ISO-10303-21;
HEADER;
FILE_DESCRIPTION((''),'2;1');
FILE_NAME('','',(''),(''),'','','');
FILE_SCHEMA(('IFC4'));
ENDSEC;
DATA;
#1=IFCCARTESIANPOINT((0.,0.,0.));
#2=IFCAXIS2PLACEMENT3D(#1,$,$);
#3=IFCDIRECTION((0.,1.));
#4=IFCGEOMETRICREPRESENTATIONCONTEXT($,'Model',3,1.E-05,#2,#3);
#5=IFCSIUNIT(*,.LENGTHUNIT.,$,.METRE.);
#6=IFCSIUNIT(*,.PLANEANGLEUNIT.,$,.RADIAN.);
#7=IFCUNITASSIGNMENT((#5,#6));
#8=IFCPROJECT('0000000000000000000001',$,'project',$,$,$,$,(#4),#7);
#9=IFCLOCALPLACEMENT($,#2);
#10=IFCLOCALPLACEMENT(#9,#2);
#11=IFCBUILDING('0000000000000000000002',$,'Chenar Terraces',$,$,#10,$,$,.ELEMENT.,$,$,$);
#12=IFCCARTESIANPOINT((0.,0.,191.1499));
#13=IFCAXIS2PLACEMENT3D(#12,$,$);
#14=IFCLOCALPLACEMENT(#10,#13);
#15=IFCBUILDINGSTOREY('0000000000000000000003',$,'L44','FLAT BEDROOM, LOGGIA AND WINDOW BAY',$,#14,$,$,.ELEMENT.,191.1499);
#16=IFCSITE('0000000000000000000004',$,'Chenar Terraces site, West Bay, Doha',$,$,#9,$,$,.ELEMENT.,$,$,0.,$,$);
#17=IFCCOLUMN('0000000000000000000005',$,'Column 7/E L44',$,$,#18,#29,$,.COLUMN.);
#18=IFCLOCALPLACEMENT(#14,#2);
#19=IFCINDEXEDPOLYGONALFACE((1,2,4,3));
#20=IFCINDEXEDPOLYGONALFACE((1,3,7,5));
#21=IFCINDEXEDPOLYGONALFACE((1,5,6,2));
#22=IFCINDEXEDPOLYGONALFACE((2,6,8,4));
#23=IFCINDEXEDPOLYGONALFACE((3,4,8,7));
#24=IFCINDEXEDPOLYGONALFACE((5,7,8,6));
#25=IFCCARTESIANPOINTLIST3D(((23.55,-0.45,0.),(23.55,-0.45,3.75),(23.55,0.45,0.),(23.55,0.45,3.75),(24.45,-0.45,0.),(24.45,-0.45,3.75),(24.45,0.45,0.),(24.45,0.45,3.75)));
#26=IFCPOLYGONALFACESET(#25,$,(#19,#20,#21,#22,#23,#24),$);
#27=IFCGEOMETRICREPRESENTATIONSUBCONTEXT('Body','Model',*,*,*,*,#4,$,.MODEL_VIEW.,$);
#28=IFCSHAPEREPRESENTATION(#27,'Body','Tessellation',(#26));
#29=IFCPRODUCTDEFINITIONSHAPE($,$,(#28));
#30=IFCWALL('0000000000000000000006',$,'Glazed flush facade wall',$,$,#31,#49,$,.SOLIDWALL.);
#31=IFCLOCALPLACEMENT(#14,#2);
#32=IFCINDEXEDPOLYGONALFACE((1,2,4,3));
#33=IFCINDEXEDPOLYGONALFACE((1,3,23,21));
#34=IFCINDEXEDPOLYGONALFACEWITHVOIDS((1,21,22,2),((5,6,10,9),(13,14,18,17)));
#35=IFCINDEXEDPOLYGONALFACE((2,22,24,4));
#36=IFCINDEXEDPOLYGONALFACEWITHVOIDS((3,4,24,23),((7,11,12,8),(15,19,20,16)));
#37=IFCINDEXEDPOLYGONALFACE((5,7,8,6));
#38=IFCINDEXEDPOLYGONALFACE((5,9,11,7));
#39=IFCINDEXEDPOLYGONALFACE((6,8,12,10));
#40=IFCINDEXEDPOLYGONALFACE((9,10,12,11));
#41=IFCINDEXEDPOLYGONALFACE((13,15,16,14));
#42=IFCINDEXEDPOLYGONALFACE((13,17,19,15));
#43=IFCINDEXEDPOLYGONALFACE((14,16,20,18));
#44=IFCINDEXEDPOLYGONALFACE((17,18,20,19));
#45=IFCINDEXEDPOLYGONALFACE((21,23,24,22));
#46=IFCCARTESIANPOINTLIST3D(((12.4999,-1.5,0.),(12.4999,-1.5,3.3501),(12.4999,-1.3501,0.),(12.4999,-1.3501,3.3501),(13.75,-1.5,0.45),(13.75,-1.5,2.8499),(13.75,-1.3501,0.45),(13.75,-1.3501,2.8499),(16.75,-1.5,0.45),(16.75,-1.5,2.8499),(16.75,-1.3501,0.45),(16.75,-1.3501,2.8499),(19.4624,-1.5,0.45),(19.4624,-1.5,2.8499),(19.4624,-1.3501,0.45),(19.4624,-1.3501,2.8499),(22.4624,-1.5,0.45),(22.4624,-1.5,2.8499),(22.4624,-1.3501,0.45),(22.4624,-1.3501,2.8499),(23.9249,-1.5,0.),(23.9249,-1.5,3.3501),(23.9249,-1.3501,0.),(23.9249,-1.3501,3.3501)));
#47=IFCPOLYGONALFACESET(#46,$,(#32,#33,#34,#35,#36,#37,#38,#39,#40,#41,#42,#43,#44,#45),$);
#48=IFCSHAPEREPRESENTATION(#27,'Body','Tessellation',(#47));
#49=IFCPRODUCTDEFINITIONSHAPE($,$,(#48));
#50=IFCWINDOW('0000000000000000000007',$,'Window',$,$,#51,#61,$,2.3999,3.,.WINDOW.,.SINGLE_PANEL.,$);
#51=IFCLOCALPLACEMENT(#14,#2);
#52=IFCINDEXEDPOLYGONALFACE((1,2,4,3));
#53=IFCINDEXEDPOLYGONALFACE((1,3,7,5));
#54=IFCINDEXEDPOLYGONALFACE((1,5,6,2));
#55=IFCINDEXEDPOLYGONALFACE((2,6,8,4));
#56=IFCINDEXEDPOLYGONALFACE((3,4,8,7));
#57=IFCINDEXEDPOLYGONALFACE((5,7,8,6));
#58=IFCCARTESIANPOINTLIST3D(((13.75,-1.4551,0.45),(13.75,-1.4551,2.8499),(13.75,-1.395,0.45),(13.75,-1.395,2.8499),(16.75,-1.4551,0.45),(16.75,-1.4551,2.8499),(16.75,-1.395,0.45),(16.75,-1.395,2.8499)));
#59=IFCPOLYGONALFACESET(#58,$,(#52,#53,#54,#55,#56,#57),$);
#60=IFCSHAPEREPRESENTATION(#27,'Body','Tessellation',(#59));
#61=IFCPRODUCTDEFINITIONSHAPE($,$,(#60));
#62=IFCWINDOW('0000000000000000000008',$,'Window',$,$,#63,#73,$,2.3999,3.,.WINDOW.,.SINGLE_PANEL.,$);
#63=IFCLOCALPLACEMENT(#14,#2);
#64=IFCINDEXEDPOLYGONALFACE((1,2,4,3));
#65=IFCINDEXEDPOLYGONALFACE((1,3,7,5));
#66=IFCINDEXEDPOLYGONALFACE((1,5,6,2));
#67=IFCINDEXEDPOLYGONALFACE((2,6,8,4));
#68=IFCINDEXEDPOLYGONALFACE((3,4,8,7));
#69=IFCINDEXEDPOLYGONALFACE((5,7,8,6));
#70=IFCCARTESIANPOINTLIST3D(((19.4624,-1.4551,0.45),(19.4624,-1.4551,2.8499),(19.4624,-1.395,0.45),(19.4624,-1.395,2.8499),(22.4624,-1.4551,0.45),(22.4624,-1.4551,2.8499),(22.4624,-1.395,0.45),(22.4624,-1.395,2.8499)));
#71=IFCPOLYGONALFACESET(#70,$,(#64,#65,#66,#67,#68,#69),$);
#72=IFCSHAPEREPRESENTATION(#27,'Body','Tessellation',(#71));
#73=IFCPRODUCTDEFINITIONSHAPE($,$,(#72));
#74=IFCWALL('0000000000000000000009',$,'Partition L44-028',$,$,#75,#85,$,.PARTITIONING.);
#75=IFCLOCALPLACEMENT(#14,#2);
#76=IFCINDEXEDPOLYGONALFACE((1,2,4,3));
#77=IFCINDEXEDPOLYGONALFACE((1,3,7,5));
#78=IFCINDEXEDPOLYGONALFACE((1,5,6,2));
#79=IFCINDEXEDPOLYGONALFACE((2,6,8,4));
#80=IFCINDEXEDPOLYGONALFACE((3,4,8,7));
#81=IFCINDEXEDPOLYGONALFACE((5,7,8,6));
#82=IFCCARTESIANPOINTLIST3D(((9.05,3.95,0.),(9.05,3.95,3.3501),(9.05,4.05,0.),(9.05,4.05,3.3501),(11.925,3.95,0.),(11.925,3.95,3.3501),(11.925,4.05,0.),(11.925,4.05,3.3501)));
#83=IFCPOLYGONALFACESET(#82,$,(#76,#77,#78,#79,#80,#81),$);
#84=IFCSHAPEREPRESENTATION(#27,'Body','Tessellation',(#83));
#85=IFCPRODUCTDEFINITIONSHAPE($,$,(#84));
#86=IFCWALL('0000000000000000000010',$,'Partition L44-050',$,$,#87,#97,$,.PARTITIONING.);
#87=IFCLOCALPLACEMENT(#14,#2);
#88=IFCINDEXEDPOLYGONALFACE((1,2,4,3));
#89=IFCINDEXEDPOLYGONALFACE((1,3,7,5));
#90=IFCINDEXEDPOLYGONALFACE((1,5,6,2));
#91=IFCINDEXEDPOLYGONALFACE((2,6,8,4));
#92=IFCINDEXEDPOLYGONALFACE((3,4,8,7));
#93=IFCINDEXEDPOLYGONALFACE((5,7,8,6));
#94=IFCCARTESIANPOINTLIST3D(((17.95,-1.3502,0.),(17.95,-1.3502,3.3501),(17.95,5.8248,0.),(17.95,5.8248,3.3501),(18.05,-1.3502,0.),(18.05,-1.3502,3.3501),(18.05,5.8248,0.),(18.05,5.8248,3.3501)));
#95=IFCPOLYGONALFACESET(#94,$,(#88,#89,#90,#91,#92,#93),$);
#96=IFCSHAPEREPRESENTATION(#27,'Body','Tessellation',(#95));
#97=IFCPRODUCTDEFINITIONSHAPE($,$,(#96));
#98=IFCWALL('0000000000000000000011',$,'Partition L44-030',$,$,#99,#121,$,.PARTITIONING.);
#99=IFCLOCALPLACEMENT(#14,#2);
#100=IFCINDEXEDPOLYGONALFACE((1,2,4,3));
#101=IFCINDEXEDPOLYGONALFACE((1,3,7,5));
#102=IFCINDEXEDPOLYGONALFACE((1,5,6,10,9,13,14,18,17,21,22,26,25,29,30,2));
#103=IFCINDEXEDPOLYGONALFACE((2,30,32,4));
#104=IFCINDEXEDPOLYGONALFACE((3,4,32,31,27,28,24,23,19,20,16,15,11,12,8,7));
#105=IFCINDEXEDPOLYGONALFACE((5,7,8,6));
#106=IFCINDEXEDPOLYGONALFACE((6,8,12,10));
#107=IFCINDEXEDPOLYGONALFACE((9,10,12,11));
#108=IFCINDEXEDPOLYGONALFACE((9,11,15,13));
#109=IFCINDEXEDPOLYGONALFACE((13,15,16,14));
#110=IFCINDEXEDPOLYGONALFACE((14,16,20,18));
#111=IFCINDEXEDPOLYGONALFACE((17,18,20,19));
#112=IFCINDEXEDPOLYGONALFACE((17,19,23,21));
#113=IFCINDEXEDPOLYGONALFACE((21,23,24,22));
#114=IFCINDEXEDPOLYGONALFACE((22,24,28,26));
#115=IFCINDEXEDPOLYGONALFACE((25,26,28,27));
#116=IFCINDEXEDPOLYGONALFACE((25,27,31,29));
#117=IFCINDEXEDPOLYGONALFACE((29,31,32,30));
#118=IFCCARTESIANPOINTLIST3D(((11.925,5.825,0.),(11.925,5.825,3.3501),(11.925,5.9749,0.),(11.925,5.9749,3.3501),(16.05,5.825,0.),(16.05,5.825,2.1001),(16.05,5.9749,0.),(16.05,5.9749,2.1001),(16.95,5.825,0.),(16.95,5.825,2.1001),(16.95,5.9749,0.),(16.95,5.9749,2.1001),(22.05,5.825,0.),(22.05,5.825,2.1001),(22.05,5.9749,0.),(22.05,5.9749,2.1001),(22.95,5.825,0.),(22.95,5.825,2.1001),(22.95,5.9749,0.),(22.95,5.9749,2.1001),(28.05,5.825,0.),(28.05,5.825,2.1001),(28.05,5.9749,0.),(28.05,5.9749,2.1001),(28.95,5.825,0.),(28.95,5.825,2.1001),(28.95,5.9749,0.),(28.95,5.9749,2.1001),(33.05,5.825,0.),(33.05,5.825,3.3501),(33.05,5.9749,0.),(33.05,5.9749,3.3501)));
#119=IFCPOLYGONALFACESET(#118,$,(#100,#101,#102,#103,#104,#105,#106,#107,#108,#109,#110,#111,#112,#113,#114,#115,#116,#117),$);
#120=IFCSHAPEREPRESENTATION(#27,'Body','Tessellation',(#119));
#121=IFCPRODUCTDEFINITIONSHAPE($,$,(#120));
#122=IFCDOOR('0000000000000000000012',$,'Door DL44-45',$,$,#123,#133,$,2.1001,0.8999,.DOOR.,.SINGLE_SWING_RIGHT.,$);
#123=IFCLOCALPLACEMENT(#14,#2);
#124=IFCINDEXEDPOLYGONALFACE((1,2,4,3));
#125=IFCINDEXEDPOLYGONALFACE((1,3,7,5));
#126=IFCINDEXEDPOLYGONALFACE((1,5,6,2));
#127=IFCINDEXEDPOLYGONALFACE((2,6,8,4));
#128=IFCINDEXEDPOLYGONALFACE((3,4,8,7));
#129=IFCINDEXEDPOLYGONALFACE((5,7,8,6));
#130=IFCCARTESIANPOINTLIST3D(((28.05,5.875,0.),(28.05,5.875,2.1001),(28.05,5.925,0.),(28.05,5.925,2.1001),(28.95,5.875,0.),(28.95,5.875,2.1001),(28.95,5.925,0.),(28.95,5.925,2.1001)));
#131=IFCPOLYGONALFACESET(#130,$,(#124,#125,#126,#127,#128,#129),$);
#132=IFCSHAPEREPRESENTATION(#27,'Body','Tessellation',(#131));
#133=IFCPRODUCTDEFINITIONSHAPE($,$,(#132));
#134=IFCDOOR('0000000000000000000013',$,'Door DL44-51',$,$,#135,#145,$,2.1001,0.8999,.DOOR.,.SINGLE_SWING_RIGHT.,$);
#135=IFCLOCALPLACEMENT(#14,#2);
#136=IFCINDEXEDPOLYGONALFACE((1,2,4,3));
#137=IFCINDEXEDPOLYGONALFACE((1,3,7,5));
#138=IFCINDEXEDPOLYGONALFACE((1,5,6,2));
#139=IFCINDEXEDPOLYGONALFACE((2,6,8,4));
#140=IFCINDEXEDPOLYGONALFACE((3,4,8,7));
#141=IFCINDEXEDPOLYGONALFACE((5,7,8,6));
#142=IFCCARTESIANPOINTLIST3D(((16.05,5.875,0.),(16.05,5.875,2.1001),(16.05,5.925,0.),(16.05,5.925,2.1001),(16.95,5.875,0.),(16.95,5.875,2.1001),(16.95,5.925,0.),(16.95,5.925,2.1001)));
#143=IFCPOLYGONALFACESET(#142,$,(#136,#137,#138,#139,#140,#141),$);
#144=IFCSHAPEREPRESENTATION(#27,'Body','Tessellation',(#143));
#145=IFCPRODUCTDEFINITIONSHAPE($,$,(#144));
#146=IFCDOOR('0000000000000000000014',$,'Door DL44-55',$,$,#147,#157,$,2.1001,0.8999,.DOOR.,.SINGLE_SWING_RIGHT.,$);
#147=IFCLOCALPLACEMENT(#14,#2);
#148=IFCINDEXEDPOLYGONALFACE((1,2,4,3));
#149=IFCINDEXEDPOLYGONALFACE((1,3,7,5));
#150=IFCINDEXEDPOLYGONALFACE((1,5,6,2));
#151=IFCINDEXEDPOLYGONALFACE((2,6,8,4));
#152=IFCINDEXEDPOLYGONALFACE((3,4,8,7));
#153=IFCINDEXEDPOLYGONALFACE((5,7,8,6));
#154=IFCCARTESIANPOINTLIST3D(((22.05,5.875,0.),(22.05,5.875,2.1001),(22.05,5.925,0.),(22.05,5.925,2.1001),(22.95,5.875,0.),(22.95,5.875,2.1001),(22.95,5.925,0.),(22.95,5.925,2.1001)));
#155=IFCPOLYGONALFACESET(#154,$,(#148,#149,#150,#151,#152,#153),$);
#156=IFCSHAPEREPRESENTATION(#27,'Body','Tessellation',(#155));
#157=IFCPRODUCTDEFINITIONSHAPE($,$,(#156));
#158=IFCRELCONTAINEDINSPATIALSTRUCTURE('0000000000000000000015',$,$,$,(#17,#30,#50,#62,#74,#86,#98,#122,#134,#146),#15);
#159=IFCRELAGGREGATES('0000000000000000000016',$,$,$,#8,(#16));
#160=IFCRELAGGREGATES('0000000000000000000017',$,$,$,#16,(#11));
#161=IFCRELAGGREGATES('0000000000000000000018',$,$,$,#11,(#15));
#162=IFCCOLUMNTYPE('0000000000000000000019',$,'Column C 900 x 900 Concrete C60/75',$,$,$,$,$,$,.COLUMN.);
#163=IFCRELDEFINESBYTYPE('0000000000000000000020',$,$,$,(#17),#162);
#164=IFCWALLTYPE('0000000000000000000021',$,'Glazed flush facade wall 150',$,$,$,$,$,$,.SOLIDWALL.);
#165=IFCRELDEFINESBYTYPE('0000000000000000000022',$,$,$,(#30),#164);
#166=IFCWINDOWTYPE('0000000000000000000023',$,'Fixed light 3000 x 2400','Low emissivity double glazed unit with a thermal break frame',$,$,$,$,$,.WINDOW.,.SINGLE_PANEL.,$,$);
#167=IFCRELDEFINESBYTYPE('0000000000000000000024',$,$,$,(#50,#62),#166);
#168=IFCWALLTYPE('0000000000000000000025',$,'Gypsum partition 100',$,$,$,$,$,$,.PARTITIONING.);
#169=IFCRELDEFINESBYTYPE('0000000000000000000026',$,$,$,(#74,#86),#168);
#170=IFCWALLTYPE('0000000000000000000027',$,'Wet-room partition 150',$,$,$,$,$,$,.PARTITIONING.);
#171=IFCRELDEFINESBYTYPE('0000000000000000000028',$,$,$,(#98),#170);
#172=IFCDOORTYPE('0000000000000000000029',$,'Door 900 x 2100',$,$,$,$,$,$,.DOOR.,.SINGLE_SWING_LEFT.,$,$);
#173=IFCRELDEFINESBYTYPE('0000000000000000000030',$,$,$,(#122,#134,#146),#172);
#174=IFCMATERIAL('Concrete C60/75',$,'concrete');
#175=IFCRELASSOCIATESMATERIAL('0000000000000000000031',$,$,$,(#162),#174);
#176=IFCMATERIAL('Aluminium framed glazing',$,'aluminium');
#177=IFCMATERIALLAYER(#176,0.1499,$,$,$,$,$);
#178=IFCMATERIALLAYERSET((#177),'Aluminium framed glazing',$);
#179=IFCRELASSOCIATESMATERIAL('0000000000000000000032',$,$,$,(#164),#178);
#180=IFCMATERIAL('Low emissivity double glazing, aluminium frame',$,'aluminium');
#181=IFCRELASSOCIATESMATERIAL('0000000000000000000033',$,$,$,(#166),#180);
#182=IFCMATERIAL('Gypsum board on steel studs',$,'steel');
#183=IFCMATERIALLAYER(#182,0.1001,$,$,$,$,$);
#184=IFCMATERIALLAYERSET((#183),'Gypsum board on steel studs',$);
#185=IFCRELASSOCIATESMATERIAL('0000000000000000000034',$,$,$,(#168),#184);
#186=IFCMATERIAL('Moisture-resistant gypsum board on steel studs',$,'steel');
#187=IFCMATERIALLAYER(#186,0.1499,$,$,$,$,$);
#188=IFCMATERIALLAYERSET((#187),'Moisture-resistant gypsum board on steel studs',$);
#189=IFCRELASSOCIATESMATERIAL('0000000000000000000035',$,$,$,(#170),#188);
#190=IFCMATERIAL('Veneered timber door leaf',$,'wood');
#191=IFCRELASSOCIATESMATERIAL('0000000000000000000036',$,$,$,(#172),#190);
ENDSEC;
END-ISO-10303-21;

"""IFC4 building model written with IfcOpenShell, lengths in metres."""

from ifc_helpers import new_model, si_unit, direction, frame, frame_2d, origin, origin_2d, place, context, subcontext, project, spatial, rectangle, extrude, material, layer, layer_set, material_profile, profile_set, type_object, element, fill, save


model = new_model("IFC4")

# Units and contexts
model_context = context("Model", 3, precision=1e-05, world=origin(), true_north=direction((0.0, 1.0)))
body_context = subcontext(model_context, "Body", "Model", "MODEL_VIEW")
ifc_project = project(units=[si_unit("LENGTHUNIT", "METRE"), si_unit("PLANEANGLEUNIT", "RADIAN")], contexts=[model_context])

# Site, building, storey
site_placement = place(None, origin())
site = spatial("IfcSite", under=ifc_project, at=site_placement, Name="Chenar Terraces site, West Bay, Doha", CompositionType="ELEMENT", RefElevation=0.0)
building_placement = place(site_placement, origin())
building = spatial("IfcBuilding", under=site, at=building_placement, Name="Chenar Terraces", CompositionType="ELEMENT")
storey_placement = place(building_placement, frame((0.0, 0.0, 191.1499)))
storey = spatial("IfcBuildingStorey", under=building, at=storey_placement, Name="L44", Description="FLAT BEDROOM, LOGGIA AND WINDOW BAY", CompositionType="ELEMENT", Elevation=191.1499)

# Column
ifc_material_1 = material(Name="Concrete C60/75", Category="concrete")
ifc_material_profile = material_profile(ifc_material_1, rectangle(XDim=0.8999, YDim=0.8999, at=origin_2d()), Name="C 900 x 900")
ifc_profile_set = profile_set([ifc_material_profile], Name="Concrete C60/75")
column_type = type_object("IfcColumnType", Name="Column C 900 x 900 Concrete C60/75", PredefinedType="COLUMN", material=ifc_profile_set)
column_placement = place(storey_placement, frame((24.0, 0.0, 0.0), z_axis=(0.0, 0.0, 1.0), x_axis=(1.0, 0.0, 0.0)))
element("IfcColumn", 1, at=column_placement, inside=storey, type_object=column_type, Name="Column 7/E L44", PredefinedType="COLUMN", context=body_context, shape_type="SweptSolid", body=[
    extrude(rectangle(XDim=0.8999, YDim=0.8999, at=origin_2d()), origin(), (0.0, 0.0, 1.0), 3.75),
])

# Wall, openings, windows
ifc_material_2 = material(Name="Aluminium framed glazing", Category="aluminium")
ifc_layer_1 = layer(ifc_material_2, 0.1499)
ifc_layer_set_1 = layer_set([ifc_layer_1], Name="Aluminium framed glazing")
wall_type_1 = type_object("IfcWallType", Name="Glazed flush facade wall 150", PredefinedType="SOLIDWALL", material=ifc_layer_set_1)
wall_1_placement = place(storey_placement, frame((12.5, -1.425, 0.0), z_axis=(0.0, 0.0, 1.0), x_axis=(1.0, 0.0, 0.0)))
wall_1 = element("IfcWall", 2, at=wall_1_placement, inside=storey, type_object=wall_type_1, Name="Glazed flush facade wall", PredefinedType="SOLIDWALL", context=body_context, shape_type="SweptSolid", body=[
    extrude(rectangle(XDim=11.425, YDim=0.1499, at=frame_2d((5.7124, 0.0))), origin(), (0.0, 0.0, 1.0), 3.3501),
])
opening_1_placement = place(wall_1_placement, frame((1.25, 0.0, 0.45)))
opening_1 = element("IfcOpeningElement", 3, at=opening_1_placement, cuts=wall_1, PredefinedType="OPENING", context=body_context, shape_type="SweptSolid", body=[
    extrude(rectangle(XDim=3.0, YDim=2.3999, at=frame_2d((1.5, 1.2))), frame((0.0, 0.085, 0.0), z_axis=(0.0, -1.0, 0.0), x_axis=(1.0, 0.0, 0.0)), (0.0, 0.0, 1.0), 0.1699),
])
opening_2_placement = place(wall_1_placement, frame((6.9624, 0.0, 0.45)))
opening_2 = element("IfcOpeningElement", 4, at=opening_2_placement, cuts=wall_1, PredefinedType="OPENING", context=body_context, shape_type="SweptSolid", body=[
    extrude(rectangle(XDim=3.0, YDim=2.3999, at=frame_2d((1.5, 1.2))), frame((0.0, 0.085, 0.0), z_axis=(0.0, -1.0, 0.0), x_axis=(1.0, 0.0, 0.0)), (0.0, 0.0, 1.0), 0.1699),
])
ifc_material_3 = material(Name="Low emissivity double glazing, aluminium frame", Category="aluminium")
window_type = type_object("IfcWindowType", Name="Fixed light 3000 x 2400", Description="Low emissivity double glazed unit with a thermal break frame", PartitioningType="SINGLE_PANEL", PredefinedType="WINDOW", material=ifc_material_3)
window_1_placement = place(opening_1_placement, origin())
window_1 = element("IfcWindow", 5, at=window_1_placement, inside=storey, type_object=window_type, Name="Window", OverallHeight=2.3999, OverallWidth=3.0, PartitioningType="SINGLE_PANEL", PredefinedType="WINDOW", context=body_context, shape_type="SweptSolid", body=[
    extrude(rectangle(XDim=3.0, YDim=2.3999, at=frame_2d((1.5, 1.2))), frame((0.0, 0.03, 0.0), z_axis=(0.0, -1.0, 0.0), x_axis=(1.0, 0.0, 0.0)), (0.0, 0.0, 1.0), 0.0601),
])
fill(opening_1, window_1)
window_2_placement = place(opening_2_placement, origin())
window_2 = element("IfcWindow", 6, at=window_2_placement, inside=storey, type_object=window_type, Name="Window", OverallHeight=2.3999, OverallWidth=3.0, PartitioningType="SINGLE_PANEL", PredefinedType="WINDOW", context=body_context, shape_type="SweptSolid", body=[
    extrude(rectangle(XDim=3.0, YDim=2.3999, at=frame_2d((1.5, 1.2))), frame((0.0, 0.03, 0.0), z_axis=(0.0, -1.0, 0.0), x_axis=(1.0, 0.0, 0.0)), (0.0, 0.0, 1.0), 0.0601),
])
fill(opening_2, window_2)

# Walls
ifc_material_4 = material(Name="Gypsum board on steel studs", Category="steel")
ifc_layer_2 = layer(ifc_material_4, 0.1001)
ifc_layer_set_2 = layer_set([ifc_layer_2], Name="Gypsum board on steel studs")
wall_type_2 = type_object("IfcWallType", Name="Gypsum partition 100", PredefinedType="PARTITIONING", material=ifc_layer_set_2)
wall_2_placement = place(storey_placement, frame((9.05, 4.0, 0.0), z_axis=(0.0, 0.0, 1.0), x_axis=(1.0, 0.0, 0.0)))
element("IfcWall", 7, at=wall_2_placement, inside=storey, type_object=wall_type_2, Name="Partition L44-028", PredefinedType="PARTITIONING", context=body_context, shape_type="SweptSolid", body=[
    extrude(rectangle(XDim=2.875, YDim=0.1001, at=frame_2d((1.4375, 0.0))), origin(), (0.0, 0.0, 1.0), 3.3501),
])
wall_3_placement = place(storey_placement, frame((18.0, -1.3501, 0.0), z_axis=(0.0, 0.0, 1.0), x_axis=(0.0, 1.0, 0.0)))
element("IfcWall", 8, at=wall_3_placement, inside=storey, type_object=wall_type_2, Name="Partition L44-050", PredefinedType="PARTITIONING", context=body_context, shape_type="SweptSolid", body=[
    extrude(rectangle(XDim=7.175, YDim=0.1001, at=frame_2d((3.5874, 0.0))), origin(), (0.0, 0.0, 1.0), 3.3501),
])

# Wall, openings, doors
ifc_material_5 = material(Name="Moisture-resistant gypsum board on steel studs", Category="steel")
ifc_layer_3 = layer(ifc_material_5, 0.1499)
ifc_layer_set_3 = layer_set([ifc_layer_3], Name="Moisture-resistant gypsum board on steel studs")
wall_type_3 = type_object("IfcWallType", Name="Wet-room partition 150", PredefinedType="PARTITIONING", material=ifc_layer_set_3)
wall_4_placement = place(storey_placement, frame((11.925, 5.8999, 0.0), z_axis=(0.0, 0.0, 1.0), x_axis=(1.0, 0.0, 0.0)))
wall_4 = element("IfcWall", 9, at=wall_4_placement, inside=storey, type_object=wall_type_3, Name="Partition L44-030", PredefinedType="PARTITIONING", context=body_context, shape_type="SweptSolid", body=[
    extrude(rectangle(XDim=21.125, YDim=0.1499, at=frame_2d((10.5625, 0.0))), origin(), (0.0, 0.0, 1.0), 3.3501),
])
opening_3_placement = place(wall_4_placement, frame((16.125, 0.0, 0.0)))
opening_3 = element("IfcOpeningElement", 10, at=opening_3_placement, cuts=wall_4, PredefinedType="OPENING", context=body_context, shape_type="SweptSolid", body=[
    extrude(rectangle(XDim=0.8999, YDim=2.1001, at=frame_2d((0.45, 1.05))), frame((0.0, 0.085, 0.0), z_axis=(0.0, -1.0, 0.0), x_axis=(1.0, 0.0, 0.0)), (0.0, 0.0, 1.0), 0.1699),
])
opening_4_placement = place(wall_4_placement, frame((4.125, 0.0, 0.0)))
opening_4 = element("IfcOpeningElement", 11, at=opening_4_placement, cuts=wall_4, PredefinedType="OPENING", context=body_context, shape_type="SweptSolid", body=[
    extrude(rectangle(XDim=0.8999, YDim=2.1001, at=frame_2d((0.45, 1.05))), frame((0.0, 0.085, 0.0), z_axis=(0.0, -1.0, 0.0), x_axis=(1.0, 0.0, 0.0)), (0.0, 0.0, 1.0), 0.1699),
])
opening_5_placement = place(wall_4_placement, frame((10.125, 0.0, 0.0)))
opening_5 = element("IfcOpeningElement", 12, at=opening_5_placement, cuts=wall_4, PredefinedType="OPENING", context=body_context, shape_type="SweptSolid", body=[
    extrude(rectangle(XDim=0.8999, YDim=2.1001, at=frame_2d((0.45, 1.05))), frame((0.0, 0.085, 0.0), z_axis=(0.0, -1.0, 0.0), x_axis=(1.0, 0.0, 0.0)), (0.0, 0.0, 1.0), 0.1699),
])
ifc_material_6 = material(Name="Veneered timber door leaf", Category="wood")
door_type_1 = type_object("IfcDoorType", Name="Door 900 x 2100", OperationType="SINGLE_SWING_LEFT", PredefinedType="DOOR", material=ifc_material_6)
door_1_placement = place(opening_3_placement, frame((0.8999, 0.0, 0.0), z_axis=(0.0, 0.0, 1.0), x_axis=(-1.0, 0.0, 0.0)))
door_1 = element("IfcDoor", 13, at=door_1_placement, inside=storey, type_object=door_type_1, Name="Door DL44-45", OperationType="SINGLE_SWING_RIGHT", OverallHeight=2.1001, OverallWidth=0.8999, PredefinedType="DOOR", context=body_context, shape_type="SweptSolid", body=[
    extrude(rectangle(XDim=0.8999, YDim=2.1001, at=frame_2d((0.45, 1.05))), frame((0.0, 0.0249, 0.0), z_axis=(0.0, -1.0, 0.0), x_axis=(1.0, 0.0, 0.0)), (0.0, 0.0, 1.0), 0.05),
])
fill(opening_3, door_1)
door_2_placement = place(opening_4_placement, frame((0.8999, 0.0, 0.0), z_axis=(0.0, 0.0, 1.0), x_axis=(-1.0, 0.0, 0.0)))
door_2 = element("IfcDoor", 14, at=door_2_placement, inside=storey, type_object=door_type_1, Name="Door DL44-51", OperationType="SINGLE_SWING_RIGHT", OverallHeight=2.1001, OverallWidth=0.8999, PredefinedType="DOOR", context=body_context, shape_type="SweptSolid", body=[
    extrude(rectangle(XDim=0.8999, YDim=2.1001, at=frame_2d((0.45, 1.05))), frame((0.0, 0.0249, 0.0), z_axis=(0.0, -1.0, 0.0), x_axis=(1.0, 0.0, 0.0)), (0.0, 0.0, 1.0), 0.05),
])
fill(opening_4, door_2)
door_3_placement = place(opening_5_placement, frame((0.8999, 0.0, 0.0), z_axis=(0.0, 0.0, 1.0), x_axis=(-1.0, 0.0, 0.0)))
door_3 = element("IfcDoor", 15, at=door_3_placement, inside=storey, type_object=door_type_1, Name="Door DL44-55", OperationType="SINGLE_SWING_RIGHT", OverallHeight=2.1001, OverallWidth=0.8999, PredefinedType="DOOR", context=body_context, shape_type="SweptSolid", body=[
    extrude(rectangle(XDim=0.8999, YDim=2.1001, at=frame_2d((0.45, 1.05))), frame((0.0, 0.0249, 0.0), z_axis=(0.0, -1.0, 0.0), x_axis=(1.0, 0.0, 0.0)), (0.0, 0.0, 1.0), 0.05),
])
fill(opening_5, door_3)

save(model, "model.ifc")
